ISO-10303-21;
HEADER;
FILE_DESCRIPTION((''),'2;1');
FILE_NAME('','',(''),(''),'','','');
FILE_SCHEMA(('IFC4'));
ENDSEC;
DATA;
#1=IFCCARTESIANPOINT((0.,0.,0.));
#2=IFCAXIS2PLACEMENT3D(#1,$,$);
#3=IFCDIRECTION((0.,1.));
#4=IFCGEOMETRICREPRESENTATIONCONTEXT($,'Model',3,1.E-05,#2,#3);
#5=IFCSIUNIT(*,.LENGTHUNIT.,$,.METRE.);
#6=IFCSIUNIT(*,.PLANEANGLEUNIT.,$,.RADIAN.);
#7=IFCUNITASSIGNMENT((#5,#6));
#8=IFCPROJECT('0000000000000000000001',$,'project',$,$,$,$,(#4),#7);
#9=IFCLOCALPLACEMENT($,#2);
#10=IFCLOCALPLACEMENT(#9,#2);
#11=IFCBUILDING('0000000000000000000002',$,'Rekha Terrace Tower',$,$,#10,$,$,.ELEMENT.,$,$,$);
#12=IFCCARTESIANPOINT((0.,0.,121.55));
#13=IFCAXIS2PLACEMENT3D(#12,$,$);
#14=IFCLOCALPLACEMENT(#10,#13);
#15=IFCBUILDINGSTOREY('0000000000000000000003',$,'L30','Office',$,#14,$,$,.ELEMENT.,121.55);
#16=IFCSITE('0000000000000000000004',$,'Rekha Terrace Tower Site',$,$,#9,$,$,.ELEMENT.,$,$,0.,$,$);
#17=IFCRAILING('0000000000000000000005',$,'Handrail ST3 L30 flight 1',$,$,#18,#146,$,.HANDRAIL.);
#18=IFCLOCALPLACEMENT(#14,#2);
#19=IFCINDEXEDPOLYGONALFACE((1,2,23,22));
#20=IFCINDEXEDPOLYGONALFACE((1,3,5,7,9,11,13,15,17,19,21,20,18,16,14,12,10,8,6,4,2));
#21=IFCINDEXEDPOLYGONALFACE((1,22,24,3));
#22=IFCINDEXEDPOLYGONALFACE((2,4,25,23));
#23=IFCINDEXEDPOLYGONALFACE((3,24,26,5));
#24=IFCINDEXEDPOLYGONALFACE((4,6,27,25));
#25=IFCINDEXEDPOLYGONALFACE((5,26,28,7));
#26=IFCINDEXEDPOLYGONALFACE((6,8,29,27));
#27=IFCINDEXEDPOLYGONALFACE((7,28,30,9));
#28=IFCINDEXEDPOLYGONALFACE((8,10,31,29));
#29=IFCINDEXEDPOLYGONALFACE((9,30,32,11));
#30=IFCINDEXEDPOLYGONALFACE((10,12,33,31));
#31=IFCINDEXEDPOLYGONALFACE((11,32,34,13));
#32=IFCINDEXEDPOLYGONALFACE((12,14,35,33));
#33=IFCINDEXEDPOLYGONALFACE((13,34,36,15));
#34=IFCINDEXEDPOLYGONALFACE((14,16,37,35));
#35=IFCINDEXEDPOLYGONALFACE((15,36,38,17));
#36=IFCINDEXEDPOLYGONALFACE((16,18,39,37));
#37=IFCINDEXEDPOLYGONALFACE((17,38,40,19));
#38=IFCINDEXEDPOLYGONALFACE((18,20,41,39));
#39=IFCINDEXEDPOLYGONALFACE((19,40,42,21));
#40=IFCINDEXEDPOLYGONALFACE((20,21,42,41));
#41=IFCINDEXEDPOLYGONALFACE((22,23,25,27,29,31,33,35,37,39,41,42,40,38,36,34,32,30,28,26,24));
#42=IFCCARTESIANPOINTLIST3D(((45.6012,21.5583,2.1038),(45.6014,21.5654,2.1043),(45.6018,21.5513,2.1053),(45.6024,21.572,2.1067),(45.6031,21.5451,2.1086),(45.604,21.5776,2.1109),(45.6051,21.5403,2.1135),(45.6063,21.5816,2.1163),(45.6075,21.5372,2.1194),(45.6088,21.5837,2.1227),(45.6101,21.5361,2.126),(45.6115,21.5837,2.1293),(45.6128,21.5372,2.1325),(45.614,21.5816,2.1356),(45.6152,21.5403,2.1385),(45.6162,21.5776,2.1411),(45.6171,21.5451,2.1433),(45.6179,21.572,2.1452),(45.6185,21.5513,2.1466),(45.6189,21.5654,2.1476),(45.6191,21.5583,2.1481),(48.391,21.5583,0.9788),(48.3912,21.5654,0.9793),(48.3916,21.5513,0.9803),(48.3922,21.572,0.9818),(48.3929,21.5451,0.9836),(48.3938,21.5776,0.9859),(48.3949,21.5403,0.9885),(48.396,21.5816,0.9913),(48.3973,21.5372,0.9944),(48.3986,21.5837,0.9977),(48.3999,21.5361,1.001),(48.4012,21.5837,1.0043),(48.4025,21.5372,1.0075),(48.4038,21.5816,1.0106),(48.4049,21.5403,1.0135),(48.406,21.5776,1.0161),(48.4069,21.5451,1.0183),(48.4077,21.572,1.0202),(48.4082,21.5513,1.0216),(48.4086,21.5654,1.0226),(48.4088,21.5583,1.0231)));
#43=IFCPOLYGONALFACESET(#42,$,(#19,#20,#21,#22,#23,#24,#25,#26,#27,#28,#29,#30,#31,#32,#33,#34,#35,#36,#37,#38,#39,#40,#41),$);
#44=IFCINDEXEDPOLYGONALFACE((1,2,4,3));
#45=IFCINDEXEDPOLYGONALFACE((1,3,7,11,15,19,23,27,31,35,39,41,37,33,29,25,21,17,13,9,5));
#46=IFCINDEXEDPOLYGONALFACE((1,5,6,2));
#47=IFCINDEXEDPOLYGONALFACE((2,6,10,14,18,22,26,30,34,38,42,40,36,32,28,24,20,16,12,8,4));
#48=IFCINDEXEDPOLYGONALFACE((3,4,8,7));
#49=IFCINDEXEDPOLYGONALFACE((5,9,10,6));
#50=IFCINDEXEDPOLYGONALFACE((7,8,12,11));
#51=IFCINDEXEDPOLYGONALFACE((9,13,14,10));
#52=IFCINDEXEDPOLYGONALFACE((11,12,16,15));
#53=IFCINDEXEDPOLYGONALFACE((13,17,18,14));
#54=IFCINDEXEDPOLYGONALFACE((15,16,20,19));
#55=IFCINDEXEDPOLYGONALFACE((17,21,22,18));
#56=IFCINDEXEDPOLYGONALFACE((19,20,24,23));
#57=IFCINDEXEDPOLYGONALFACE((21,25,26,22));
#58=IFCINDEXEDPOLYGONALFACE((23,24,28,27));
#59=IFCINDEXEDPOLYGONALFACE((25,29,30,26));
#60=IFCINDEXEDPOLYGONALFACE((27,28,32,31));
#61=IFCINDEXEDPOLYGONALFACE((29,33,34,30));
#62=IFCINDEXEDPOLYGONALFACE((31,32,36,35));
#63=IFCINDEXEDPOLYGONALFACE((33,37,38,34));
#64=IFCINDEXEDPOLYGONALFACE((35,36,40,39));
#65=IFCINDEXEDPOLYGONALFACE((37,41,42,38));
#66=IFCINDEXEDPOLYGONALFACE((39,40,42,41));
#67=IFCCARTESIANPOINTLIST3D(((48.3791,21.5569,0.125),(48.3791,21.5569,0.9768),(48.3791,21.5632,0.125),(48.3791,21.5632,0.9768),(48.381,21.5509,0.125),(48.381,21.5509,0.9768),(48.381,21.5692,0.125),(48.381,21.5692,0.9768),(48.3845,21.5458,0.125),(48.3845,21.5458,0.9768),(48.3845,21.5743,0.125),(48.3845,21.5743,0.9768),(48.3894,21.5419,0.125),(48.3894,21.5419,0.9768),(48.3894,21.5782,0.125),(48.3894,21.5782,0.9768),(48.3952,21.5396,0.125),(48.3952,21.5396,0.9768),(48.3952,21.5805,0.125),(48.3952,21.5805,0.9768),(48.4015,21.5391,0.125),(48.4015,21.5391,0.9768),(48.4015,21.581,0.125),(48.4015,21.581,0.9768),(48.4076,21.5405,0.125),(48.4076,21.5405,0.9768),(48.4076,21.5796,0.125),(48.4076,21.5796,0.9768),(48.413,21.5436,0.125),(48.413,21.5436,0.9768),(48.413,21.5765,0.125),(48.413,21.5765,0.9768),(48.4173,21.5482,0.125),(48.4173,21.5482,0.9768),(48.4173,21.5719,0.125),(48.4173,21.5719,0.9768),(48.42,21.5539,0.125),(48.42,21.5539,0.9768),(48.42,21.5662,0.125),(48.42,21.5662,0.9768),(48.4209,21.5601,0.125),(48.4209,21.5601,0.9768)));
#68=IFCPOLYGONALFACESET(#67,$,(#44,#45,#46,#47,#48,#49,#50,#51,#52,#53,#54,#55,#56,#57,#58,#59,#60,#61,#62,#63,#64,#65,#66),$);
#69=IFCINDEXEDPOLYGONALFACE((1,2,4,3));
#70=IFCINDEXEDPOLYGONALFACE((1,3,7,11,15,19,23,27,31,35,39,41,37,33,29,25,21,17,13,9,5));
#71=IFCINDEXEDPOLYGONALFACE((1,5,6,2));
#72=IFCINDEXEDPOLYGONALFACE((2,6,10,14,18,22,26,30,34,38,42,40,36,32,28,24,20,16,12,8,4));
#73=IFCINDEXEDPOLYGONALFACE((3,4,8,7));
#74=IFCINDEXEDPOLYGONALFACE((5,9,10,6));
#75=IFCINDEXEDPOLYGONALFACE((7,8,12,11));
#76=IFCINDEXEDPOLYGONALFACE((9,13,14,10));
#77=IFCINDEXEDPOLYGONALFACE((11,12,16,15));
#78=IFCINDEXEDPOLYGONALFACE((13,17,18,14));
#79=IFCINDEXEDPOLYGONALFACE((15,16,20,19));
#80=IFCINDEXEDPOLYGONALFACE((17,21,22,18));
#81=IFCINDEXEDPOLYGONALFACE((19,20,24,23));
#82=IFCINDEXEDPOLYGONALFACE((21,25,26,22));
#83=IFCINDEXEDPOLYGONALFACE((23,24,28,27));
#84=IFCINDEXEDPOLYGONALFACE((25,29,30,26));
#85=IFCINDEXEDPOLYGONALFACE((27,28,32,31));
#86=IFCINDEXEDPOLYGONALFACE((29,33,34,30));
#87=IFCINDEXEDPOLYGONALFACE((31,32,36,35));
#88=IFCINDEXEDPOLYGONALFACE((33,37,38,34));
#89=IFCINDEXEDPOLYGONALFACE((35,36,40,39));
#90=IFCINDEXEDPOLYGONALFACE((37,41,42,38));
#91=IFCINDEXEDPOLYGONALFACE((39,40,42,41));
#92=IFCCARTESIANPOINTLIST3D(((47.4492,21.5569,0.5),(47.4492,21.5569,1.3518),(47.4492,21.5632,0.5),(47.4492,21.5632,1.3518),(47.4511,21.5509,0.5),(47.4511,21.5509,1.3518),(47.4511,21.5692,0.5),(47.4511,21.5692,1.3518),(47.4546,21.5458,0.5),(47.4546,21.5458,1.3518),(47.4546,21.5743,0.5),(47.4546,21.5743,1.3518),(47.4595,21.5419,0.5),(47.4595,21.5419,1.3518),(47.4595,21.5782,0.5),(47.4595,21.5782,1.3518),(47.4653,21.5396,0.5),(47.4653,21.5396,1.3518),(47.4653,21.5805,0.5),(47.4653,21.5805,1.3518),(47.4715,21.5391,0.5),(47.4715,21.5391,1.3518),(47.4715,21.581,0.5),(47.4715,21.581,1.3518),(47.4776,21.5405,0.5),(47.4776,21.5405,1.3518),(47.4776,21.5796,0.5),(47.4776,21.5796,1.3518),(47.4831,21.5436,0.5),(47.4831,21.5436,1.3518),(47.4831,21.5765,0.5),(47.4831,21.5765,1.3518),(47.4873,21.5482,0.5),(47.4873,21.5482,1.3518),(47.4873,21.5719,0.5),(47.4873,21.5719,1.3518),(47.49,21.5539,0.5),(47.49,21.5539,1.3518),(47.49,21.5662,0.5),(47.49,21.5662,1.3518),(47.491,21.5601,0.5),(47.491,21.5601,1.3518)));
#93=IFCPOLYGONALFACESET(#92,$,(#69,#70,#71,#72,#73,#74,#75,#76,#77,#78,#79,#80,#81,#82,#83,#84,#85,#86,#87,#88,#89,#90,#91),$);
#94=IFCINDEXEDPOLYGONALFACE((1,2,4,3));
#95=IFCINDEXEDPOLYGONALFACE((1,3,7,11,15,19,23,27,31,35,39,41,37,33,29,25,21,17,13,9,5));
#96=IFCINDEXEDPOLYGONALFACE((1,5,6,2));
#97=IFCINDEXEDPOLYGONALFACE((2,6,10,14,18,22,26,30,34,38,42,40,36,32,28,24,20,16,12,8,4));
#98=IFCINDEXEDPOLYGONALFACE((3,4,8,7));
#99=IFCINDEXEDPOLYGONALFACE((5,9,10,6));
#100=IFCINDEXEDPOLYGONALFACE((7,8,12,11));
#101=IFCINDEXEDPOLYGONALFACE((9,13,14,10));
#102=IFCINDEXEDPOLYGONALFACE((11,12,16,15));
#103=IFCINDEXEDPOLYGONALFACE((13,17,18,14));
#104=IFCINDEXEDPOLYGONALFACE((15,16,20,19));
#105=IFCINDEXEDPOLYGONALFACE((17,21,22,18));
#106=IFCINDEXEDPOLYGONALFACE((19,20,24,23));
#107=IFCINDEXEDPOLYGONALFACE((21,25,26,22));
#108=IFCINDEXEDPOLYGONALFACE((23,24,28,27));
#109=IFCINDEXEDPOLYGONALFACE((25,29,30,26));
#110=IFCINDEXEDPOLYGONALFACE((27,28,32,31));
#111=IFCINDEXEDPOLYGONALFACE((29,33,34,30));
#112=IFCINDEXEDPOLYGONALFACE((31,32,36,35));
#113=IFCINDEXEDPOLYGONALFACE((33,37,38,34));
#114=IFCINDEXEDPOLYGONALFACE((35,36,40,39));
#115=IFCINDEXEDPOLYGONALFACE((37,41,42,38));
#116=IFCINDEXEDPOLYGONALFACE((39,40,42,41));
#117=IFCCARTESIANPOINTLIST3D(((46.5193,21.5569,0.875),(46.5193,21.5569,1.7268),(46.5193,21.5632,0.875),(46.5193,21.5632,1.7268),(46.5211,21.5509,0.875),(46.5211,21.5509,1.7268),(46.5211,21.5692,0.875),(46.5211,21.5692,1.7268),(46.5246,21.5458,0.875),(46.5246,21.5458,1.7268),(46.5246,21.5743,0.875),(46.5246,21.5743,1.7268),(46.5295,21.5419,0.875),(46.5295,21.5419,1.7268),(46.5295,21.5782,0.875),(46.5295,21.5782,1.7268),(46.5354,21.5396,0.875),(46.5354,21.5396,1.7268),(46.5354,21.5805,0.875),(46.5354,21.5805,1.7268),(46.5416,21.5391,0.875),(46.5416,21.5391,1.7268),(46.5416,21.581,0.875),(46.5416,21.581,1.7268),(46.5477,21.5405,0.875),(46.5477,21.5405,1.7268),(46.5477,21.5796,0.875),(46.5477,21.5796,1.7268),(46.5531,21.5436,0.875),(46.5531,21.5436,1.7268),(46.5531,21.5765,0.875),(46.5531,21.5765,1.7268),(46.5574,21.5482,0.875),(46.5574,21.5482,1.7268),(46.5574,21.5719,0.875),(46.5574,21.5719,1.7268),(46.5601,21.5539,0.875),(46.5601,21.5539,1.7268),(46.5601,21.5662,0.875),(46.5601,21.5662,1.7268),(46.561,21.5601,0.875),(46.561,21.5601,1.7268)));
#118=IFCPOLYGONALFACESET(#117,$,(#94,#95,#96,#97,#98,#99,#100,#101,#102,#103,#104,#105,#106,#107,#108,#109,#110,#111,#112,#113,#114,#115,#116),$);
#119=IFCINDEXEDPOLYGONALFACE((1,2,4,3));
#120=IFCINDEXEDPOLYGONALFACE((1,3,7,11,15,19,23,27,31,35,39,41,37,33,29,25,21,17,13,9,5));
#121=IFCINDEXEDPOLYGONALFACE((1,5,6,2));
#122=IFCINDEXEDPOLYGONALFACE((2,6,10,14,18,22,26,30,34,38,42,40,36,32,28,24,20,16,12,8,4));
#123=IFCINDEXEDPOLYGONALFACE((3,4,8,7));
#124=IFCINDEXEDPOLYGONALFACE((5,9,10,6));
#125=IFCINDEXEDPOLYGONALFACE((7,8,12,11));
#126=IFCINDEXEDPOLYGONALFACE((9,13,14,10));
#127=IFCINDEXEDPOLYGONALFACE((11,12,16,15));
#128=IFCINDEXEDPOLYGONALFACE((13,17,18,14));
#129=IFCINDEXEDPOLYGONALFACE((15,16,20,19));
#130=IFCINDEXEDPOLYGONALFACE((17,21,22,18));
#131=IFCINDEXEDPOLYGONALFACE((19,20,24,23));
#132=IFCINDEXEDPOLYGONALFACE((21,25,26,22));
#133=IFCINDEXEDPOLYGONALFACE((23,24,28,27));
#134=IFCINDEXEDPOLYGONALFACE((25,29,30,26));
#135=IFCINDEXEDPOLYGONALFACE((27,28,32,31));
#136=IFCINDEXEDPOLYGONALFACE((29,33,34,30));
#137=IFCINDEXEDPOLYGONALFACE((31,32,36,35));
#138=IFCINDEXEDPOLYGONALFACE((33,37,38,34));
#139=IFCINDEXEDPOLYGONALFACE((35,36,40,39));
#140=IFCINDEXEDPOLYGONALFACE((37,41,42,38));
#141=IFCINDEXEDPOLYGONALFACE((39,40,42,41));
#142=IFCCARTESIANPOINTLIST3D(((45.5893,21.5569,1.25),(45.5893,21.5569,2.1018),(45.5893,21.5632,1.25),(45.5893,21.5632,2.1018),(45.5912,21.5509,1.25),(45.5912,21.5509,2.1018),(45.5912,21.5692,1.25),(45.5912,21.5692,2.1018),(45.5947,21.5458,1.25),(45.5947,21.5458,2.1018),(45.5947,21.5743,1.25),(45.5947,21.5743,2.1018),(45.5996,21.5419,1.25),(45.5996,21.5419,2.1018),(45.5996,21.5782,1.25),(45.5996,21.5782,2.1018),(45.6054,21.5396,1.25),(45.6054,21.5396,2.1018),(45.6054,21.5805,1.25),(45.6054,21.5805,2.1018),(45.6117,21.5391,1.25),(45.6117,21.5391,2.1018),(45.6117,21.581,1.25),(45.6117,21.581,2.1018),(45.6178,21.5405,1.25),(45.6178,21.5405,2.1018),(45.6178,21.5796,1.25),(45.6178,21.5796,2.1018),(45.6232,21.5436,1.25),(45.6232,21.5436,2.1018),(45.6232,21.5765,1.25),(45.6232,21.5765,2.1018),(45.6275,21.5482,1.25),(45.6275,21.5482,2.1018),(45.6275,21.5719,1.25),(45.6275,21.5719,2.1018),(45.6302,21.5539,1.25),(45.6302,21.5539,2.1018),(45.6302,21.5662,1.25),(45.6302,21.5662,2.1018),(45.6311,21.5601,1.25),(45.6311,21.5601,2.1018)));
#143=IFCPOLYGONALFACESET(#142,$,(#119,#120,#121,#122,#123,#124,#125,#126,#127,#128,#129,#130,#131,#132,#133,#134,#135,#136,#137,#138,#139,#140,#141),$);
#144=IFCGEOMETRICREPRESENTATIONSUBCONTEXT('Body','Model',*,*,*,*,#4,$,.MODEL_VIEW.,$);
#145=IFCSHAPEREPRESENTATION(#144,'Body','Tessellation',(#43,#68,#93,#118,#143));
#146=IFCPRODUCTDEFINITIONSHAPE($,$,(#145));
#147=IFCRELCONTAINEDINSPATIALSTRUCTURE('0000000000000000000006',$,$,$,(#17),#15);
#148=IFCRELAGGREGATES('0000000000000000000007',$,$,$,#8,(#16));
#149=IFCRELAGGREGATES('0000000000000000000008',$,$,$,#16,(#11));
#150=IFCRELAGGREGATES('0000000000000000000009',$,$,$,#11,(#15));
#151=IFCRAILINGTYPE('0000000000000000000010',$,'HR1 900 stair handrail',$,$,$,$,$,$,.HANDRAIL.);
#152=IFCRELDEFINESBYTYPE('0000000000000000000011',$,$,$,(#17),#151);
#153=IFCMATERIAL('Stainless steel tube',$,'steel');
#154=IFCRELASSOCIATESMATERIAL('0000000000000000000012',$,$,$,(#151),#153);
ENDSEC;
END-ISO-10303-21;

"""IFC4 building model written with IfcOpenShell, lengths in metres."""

from ifc_helpers import new_model, si_unit, direction, frame, origin, origin_2d, place, context, subcontext, project, spatial, circle, extrude, material, type_object, element, save


model = new_model("IFC4")

# Units and contexts
model_context = context("Model", 3, precision=1e-05, world=origin(), true_north=direction((0.0, 1.0)))
body_context = subcontext(model_context, "Body", "Model", "MODEL_VIEW")
ifc_project = project(units=[si_unit("LENGTHUNIT", "METRE"), si_unit("PLANEANGLEUNIT", "RADIAN")], contexts=[model_context])

# Site, building, storey
site_placement = place(None, origin())
site = spatial("IfcSite", under=ifc_project, at=site_placement, Name="Rekha Terrace Tower Site", CompositionType="ELEMENT", RefElevation=0.0)
building_placement = place(site_placement, origin())
building = spatial("IfcBuilding", under=site, at=building_placement, Name="Rekha Terrace Tower", CompositionType="ELEMENT")
storey_placement = place(building_placement, frame((0.0, 0.0, 121.55)))
storey = spatial("IfcBuildingStorey", under=building, at=storey_placement, Name="L30", Description="Office", CompositionType="ELEMENT", Elevation=121.55)

# Railing
ifc_material_1 = material(Name="Stainless steel tube", Category="steel")
railing_type = type_object("IfcRailingType", Name="HR1 900 stair handrail", PredefinedType="HANDRAIL", material=ifc_material_1)
railing_placement = place(storey_placement, frame((48.3999, 21.5601, 0.125)))
element("IfcRailing", 1, at=railing_placement, inside=storey, type_object=railing_type, Name="Handrail ST3 L30 flight 1", PredefinedType="HANDRAIL", context=body_context, shape_type="SweptSolid", body=[
    extrude(circle(Radius=0.0239, at=origin_2d()), frame((0.0, 0.0, 0.876), z_axis=(-0.927432, 0.0, 0.373992), x_axis=(0.0, -1.0, 0.0)), (0.0, 0.0, 1.0), 3.0081),
    extrude(circle(Radius=0.021, at=origin_2d()), origin(), (0.0, 0.0, 1.0), 0.8518),
    extrude(circle(Radius=0.021, at=origin_2d()), frame((-0.9299, 0.0, 0.375)), (0.0, 0.0, 1.0), 0.8518),
    extrude(circle(Radius=0.021, at=origin_2d()), frame((-1.8599, 0.0, 0.75)), (0.0, 0.0, 1.0), 0.8518),
    extrude(circle(Radius=0.021, at=origin_2d()), frame((-2.7898, 0.0, 1.125)), (0.0, 0.0, 1.0), 0.8518),
])

save(model, "model.ifc")
